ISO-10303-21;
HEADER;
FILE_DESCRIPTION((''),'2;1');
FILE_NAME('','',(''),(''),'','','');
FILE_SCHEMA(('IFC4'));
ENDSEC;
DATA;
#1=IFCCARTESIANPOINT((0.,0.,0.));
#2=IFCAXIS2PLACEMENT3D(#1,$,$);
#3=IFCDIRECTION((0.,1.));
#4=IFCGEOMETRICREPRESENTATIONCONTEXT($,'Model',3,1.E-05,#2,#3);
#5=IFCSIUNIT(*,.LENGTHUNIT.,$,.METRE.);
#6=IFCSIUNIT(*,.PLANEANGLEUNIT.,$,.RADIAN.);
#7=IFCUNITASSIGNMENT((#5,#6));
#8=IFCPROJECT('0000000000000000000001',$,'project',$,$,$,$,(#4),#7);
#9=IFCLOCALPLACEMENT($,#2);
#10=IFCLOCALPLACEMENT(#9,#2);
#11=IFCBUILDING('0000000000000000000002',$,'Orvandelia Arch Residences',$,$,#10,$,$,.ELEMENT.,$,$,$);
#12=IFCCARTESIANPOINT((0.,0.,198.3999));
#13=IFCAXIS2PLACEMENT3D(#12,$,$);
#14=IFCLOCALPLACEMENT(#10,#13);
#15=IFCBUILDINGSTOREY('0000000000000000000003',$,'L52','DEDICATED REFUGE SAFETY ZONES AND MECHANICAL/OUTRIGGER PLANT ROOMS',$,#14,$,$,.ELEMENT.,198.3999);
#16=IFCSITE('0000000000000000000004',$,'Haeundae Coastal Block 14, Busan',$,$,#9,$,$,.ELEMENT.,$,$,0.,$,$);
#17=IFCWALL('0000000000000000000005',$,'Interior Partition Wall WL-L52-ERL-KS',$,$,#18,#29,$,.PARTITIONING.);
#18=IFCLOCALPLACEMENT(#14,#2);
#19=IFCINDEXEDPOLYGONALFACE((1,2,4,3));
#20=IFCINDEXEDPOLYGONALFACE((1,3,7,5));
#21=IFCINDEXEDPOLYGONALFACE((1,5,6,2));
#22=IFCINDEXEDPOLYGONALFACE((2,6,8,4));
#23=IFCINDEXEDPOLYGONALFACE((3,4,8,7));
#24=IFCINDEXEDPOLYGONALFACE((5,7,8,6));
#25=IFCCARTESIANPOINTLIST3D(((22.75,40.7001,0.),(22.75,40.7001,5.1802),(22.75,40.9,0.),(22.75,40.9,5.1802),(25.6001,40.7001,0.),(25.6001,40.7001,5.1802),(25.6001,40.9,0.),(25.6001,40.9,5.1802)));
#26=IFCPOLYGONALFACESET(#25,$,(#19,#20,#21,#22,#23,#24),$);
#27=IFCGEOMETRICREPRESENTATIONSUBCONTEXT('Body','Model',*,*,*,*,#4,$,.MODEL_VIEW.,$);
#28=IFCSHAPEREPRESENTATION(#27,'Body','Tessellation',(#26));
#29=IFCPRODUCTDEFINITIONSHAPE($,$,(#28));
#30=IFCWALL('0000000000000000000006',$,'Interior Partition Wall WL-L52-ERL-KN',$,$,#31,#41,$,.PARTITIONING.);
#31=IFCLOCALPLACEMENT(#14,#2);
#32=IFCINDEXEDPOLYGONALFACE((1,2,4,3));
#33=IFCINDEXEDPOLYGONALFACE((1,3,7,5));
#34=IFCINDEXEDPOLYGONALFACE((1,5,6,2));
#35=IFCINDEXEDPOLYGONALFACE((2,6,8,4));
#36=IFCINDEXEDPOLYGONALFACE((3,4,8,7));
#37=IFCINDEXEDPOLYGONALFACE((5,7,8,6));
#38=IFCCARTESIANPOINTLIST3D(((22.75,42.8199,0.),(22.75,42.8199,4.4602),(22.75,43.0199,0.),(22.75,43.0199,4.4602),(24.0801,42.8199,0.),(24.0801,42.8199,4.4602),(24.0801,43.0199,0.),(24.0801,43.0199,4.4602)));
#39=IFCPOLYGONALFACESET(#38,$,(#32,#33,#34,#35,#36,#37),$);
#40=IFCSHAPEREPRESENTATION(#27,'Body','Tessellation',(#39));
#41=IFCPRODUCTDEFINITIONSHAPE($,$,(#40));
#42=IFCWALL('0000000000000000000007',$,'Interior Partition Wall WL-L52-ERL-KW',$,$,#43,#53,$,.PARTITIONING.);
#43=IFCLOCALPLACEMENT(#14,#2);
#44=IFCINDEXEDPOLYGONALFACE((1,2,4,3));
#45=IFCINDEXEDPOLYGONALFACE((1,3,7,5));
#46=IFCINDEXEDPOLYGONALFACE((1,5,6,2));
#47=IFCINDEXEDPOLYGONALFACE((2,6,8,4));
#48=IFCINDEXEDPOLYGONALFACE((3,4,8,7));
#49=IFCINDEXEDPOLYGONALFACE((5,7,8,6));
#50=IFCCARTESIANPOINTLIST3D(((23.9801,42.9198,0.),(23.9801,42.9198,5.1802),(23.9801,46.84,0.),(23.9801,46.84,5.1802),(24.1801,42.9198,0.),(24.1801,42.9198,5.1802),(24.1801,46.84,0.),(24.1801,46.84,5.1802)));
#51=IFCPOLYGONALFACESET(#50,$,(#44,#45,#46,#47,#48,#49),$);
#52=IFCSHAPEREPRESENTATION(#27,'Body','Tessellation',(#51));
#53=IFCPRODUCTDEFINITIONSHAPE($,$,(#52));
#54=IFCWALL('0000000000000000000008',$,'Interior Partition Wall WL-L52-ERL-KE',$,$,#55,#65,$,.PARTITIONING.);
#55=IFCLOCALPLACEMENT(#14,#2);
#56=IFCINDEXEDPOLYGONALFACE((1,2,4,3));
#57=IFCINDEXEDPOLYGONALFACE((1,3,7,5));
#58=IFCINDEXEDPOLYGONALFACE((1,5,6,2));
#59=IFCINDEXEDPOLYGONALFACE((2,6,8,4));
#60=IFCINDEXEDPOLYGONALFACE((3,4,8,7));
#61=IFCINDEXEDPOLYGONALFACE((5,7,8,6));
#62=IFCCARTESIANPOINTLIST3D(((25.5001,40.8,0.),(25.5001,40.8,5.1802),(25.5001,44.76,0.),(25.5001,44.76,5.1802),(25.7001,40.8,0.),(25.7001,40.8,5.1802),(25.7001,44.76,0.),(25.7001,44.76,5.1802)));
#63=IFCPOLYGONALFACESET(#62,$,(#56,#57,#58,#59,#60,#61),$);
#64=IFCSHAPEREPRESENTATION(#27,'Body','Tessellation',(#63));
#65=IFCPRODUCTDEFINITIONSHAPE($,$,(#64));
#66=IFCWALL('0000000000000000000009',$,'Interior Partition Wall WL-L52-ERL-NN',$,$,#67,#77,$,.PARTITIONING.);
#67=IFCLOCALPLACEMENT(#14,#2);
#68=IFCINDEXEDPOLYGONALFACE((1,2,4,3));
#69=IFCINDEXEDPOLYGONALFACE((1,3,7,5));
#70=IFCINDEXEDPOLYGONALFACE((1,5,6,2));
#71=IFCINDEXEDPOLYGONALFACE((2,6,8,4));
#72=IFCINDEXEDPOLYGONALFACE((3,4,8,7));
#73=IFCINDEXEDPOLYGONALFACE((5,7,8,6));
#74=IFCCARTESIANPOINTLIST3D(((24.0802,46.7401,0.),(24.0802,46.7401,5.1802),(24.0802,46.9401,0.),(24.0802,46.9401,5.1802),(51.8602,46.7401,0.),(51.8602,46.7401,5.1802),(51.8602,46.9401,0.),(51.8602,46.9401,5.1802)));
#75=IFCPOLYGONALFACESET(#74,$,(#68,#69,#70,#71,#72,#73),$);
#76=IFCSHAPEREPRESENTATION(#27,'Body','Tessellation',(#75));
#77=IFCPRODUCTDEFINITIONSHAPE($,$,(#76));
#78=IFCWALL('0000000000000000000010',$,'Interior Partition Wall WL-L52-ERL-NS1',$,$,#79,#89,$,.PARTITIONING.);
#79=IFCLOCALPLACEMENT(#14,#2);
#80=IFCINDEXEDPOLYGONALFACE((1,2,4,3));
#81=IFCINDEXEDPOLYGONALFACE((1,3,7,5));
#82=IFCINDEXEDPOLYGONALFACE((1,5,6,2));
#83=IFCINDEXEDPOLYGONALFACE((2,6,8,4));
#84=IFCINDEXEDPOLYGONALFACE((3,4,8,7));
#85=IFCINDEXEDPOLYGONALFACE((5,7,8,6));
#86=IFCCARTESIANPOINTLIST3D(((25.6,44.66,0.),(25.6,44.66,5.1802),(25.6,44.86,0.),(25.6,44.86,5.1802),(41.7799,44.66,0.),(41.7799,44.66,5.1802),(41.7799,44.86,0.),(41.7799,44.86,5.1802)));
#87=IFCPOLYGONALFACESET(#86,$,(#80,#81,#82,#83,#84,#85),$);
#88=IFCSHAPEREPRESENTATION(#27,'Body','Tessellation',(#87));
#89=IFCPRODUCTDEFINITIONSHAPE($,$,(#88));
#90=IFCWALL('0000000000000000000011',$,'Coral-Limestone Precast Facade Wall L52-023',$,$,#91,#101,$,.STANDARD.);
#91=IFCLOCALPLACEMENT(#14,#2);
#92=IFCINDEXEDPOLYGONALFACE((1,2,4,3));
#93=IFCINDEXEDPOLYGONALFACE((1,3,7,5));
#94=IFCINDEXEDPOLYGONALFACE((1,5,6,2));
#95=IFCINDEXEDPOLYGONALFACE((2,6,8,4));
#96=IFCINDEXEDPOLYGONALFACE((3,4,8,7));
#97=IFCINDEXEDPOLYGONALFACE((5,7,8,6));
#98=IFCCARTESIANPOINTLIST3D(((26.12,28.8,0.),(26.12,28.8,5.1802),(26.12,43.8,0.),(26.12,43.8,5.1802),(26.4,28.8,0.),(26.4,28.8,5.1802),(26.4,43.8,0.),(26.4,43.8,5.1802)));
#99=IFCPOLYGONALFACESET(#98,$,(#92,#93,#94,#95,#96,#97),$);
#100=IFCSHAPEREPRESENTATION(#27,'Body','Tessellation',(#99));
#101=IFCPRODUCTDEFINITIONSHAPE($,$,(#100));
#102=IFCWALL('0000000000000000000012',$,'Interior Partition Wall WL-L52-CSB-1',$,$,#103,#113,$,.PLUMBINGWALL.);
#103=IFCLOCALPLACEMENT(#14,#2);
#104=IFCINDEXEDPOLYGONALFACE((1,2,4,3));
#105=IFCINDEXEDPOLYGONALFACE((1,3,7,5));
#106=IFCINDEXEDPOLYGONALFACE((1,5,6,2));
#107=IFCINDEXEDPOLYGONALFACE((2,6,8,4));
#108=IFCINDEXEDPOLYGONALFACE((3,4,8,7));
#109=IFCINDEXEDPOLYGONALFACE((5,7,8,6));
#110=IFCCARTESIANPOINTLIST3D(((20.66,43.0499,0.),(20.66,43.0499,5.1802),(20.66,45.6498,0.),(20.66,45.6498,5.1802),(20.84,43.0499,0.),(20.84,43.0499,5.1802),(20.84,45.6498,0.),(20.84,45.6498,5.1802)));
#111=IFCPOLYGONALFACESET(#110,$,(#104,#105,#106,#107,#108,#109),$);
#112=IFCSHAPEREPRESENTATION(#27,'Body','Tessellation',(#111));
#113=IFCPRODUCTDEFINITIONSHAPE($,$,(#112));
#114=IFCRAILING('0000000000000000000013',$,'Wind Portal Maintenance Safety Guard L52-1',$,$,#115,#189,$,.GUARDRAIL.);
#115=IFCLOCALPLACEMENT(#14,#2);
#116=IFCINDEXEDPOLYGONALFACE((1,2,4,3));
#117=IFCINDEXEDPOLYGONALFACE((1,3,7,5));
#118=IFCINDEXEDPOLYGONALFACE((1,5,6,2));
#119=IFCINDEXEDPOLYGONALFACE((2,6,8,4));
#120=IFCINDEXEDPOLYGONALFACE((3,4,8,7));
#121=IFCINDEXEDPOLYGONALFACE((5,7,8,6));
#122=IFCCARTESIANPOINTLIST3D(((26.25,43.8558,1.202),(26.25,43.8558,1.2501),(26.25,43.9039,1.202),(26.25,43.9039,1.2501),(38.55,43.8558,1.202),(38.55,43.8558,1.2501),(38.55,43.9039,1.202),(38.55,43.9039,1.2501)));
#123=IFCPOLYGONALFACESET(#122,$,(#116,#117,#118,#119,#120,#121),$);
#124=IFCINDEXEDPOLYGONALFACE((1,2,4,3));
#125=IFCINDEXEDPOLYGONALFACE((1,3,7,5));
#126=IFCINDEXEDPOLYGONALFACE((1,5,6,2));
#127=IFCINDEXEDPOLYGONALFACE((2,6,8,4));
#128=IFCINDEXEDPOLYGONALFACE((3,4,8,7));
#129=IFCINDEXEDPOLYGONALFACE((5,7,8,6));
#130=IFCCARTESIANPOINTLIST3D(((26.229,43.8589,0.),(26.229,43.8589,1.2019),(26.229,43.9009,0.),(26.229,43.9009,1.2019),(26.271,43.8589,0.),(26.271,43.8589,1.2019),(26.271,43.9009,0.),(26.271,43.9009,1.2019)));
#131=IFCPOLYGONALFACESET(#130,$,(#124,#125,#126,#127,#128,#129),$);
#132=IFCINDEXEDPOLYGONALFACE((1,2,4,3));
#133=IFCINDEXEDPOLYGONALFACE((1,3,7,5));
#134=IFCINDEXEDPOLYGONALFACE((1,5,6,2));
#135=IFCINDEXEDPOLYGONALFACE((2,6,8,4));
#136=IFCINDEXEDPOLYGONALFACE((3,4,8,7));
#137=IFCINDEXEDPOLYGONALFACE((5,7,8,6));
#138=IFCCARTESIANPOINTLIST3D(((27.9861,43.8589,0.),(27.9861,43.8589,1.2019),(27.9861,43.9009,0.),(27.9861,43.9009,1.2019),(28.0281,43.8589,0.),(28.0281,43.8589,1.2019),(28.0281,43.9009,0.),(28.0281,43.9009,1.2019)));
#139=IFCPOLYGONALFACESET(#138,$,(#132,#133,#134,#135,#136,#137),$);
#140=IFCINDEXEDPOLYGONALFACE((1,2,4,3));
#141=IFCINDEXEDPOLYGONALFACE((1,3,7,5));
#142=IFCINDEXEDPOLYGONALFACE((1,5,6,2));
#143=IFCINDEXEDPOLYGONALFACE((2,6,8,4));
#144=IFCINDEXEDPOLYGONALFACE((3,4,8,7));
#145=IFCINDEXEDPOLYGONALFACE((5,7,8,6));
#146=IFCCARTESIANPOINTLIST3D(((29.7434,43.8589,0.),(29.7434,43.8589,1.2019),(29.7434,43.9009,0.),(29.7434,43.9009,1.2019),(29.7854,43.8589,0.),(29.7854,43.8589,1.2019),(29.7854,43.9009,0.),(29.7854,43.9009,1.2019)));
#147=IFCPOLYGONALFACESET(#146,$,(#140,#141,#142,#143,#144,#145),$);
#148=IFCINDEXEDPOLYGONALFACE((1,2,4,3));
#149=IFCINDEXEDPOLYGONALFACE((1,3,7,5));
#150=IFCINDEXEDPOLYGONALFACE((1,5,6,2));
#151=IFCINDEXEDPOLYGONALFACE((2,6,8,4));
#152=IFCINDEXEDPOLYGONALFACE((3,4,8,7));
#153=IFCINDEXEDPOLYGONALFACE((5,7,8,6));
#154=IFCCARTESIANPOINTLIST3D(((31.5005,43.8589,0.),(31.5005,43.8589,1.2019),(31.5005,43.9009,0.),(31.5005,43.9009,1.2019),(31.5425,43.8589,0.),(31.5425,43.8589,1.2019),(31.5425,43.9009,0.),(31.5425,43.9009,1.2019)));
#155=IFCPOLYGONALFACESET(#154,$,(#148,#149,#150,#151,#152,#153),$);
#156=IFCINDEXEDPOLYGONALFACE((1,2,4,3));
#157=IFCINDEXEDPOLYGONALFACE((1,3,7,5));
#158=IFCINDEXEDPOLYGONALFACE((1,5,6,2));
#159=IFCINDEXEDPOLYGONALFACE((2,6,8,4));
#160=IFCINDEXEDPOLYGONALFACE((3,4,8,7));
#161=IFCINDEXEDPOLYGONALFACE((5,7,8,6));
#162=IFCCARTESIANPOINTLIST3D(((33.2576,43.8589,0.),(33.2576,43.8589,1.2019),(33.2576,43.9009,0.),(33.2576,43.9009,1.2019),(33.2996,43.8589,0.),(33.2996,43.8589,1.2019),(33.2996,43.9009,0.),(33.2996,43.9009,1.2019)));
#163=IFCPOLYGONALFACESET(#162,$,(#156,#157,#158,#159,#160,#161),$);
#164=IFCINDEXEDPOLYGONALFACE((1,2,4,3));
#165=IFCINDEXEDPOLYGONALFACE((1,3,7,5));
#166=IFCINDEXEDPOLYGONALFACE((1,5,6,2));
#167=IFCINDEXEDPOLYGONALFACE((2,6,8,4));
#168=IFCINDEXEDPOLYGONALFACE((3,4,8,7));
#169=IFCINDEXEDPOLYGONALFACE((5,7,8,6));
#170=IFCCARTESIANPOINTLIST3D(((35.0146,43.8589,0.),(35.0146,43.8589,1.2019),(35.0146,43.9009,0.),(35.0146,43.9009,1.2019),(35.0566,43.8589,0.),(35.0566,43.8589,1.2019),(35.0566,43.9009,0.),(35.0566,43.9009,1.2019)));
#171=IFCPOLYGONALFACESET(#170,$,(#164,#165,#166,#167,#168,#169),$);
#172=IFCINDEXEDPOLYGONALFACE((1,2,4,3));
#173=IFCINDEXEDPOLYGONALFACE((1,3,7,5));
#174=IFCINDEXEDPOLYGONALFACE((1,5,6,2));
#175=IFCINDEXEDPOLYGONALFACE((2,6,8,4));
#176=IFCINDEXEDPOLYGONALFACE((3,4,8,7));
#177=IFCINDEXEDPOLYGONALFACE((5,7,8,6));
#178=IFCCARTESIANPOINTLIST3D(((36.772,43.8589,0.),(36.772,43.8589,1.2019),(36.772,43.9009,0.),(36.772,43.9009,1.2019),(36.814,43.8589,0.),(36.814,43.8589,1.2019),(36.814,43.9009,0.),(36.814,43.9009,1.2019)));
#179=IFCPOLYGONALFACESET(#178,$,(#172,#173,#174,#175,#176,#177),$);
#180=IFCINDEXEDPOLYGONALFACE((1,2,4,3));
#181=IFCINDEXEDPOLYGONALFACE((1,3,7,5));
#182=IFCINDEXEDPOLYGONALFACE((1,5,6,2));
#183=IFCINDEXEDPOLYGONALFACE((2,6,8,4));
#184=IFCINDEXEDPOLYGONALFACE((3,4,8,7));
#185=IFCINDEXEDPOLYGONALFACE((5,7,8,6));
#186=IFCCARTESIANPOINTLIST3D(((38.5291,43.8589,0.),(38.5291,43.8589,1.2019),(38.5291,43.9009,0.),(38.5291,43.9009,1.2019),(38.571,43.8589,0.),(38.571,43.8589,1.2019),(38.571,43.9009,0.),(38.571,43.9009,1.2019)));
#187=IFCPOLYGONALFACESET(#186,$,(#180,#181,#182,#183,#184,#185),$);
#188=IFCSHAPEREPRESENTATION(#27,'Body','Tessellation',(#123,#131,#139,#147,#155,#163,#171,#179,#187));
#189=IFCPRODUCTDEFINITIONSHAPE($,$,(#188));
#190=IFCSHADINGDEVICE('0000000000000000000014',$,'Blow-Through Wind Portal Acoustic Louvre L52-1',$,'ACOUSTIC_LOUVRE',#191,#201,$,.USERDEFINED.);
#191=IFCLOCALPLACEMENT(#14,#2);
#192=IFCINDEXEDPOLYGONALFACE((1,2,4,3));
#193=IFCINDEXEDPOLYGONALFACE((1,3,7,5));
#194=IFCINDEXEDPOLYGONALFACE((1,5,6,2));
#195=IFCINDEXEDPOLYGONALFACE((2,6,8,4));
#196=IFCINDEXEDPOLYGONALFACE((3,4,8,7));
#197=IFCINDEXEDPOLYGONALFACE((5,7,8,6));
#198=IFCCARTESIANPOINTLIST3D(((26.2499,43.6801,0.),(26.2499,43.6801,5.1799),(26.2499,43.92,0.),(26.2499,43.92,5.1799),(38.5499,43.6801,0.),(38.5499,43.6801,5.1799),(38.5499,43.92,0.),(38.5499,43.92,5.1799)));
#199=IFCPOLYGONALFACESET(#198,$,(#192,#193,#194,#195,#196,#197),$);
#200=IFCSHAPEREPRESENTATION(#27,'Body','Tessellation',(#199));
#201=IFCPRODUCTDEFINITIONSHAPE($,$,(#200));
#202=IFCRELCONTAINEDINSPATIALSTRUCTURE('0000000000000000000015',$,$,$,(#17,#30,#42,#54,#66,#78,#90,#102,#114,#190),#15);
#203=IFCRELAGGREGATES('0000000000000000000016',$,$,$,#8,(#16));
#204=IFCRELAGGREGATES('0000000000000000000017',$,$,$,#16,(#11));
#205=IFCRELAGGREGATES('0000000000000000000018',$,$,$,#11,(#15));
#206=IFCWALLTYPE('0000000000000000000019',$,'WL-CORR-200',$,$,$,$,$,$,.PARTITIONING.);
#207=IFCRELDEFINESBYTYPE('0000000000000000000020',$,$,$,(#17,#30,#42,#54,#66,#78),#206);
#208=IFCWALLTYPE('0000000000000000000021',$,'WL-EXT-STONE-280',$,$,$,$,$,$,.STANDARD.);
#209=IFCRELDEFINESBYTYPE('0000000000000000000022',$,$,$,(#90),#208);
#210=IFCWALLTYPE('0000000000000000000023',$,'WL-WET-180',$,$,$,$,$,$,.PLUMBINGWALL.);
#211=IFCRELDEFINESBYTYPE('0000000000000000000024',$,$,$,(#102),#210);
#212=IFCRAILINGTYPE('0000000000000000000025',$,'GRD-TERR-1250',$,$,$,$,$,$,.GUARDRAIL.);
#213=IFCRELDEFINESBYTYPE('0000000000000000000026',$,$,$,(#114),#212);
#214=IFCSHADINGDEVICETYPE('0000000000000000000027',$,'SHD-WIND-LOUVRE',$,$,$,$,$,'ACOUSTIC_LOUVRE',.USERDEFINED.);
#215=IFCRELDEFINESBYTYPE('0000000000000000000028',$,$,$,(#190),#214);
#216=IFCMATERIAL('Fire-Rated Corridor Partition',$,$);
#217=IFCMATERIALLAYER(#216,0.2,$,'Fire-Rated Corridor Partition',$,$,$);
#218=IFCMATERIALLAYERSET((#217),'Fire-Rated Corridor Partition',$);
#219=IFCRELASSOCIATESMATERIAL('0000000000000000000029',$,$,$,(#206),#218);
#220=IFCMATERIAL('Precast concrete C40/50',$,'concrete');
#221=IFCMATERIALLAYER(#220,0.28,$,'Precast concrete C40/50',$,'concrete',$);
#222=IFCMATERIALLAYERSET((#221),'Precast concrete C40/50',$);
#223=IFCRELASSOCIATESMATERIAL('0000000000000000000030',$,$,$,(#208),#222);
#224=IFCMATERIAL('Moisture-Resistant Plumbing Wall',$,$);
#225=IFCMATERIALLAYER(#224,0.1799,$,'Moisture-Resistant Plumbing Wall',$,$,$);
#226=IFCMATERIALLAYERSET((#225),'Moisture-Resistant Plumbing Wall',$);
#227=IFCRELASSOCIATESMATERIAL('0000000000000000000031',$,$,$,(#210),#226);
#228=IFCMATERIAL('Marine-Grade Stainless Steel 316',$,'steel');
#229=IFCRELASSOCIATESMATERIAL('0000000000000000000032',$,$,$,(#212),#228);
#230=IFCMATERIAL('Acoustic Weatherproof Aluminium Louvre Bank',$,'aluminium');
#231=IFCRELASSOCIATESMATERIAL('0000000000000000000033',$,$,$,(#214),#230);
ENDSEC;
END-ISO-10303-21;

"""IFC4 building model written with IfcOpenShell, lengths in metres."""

from ifc_helpers import new_model, si_unit, direction, frame, frame_2d, origin, origin_2d, place, context, subcontext, project, spatial, rectangle, extrude, material, layer, layer_set, type_object, element, save


model = new_model("IFC4")

# Units and contexts
model_context = context("Model", 3, precision=1e-05, world=origin(), true_north=direction((0.0, 1.0)))
body_context = subcontext(model_context, "Body", "Model", "MODEL_VIEW")
ifc_project = project(units=[si_unit("LENGTHUNIT", "METRE"), si_unit("PLANEANGLEUNIT", "RADIAN")], contexts=[model_context])

# Site, building, storey
site_placement = place(None, origin())
site = spatial("IfcSite", under=ifc_project, at=site_placement, Name="Haeundae Coastal Block 14, Busan", CompositionType="ELEMENT", RefElevation=0.0)
building_placement = place(site_placement, origin())
building = spatial("IfcBuilding", under=site, at=building_placement, Name="Orvandelia Arch Residences", CompositionType="ELEMENT")
storey_placement = place(building_placement, frame((0.0, 0.0, 198.3999)))
storey = spatial("IfcBuildingStorey", under=building, at=storey_placement, Name="L52", Description="DEDICATED REFUGE SAFETY ZONES AND MECHANICAL/OUTRIGGER PLANT ROOMS", CompositionType="ELEMENT", Elevation=198.3999)

# Walls
ifc_material_1 = material(Name="Fire-Rated Corridor Partition")
ifc_layer_1 = layer(ifc_material_1, 0.2, Name="Fire-Rated Corridor Partition")
ifc_layer_set_1 = layer_set([ifc_layer_1], Name="Fire-Rated Corridor Partition")
wall_type_1 = type_object("IfcWallType", Name="WL-CORR-200", PredefinedType="PARTITIONING", material=ifc_layer_set_1)
wall_1_placement = place(storey_placement, frame((22.75, 40.8, 0.0), z_axis=(0.0, 0.0, 1.0), x_axis=(1.0, 0.0, 0.0)))
element("IfcWall", 1, at=wall_1_placement, inside=storey, type_object=wall_type_1, Name="Interior Partition Wall WL-L52-ERL-KS", PredefinedType="PARTITIONING", context=body_context, shape_type="SweptSolid", body=[
    extrude(rectangle(XDim=2.8501, YDim=0.2, at=frame_2d((1.425, 0.0))), origin(), (0.0, 0.0, 1.0), 5.1802),
])
wall_2_placement = place(storey_placement, frame((22.75, 42.9199, 0.0), z_axis=(0.0, 0.0, 1.0), x_axis=(1.0, 0.0, 0.0)))
element("IfcWall", 2, at=wall_2_placement, inside=storey, type_object=wall_type_1, Name="Interior Partition Wall WL-L52-ERL-KN", PredefinedType="PARTITIONING", context=body_context, shape_type="SweptSolid", body=[
    extrude(rectangle(XDim=1.3301, YDim=0.2, at=frame_2d((0.665, 0.0))), origin(), (0.0, 0.0, 1.0), 4.4602),
])
wall_3_placement = place(storey_placement, frame((24.0801, 42.9199, 0.0), z_axis=(0.0, 0.0, 1.0), x_axis=(0.0, 1.0, 0.0)))
element("IfcWall", 3, at=wall_3_placement, inside=storey, type_object=wall_type_1, Name="Interior Partition Wall WL-L52-ERL-KW", PredefinedType="PARTITIONING", context=body_context, shape_type="SweptSolid", body=[
    extrude(rectangle(XDim=3.9202, YDim=0.2, at=frame_2d((1.96, 0.0))), origin(), (0.0, 0.0, 1.0), 5.1802),
])
wall_4_placement = place(storey_placement, frame((25.6001, 40.8, 0.0), z_axis=(0.0, 0.0, 1.0), x_axis=(0.0, 1.0, 0.0)))
element("IfcWall", 4, at=wall_4_placement, inside=storey, type_object=wall_type_1, Name="Interior Partition Wall WL-L52-ERL-KE", PredefinedType="PARTITIONING", context=body_context, shape_type="SweptSolid", body=[
    extrude(rectangle(XDim=3.96, YDim=0.2, at=frame_2d((1.98, 0.0))), origin(), (0.0, 0.0, 1.0), 5.1802),
])
wall_5_placement = place(storey_placement, frame((24.0801, 46.8401, 0.0), z_axis=(0.0, 0.0, 1.0), x_axis=(1.0, 0.0, 0.0)))
element("IfcWall", 5, at=wall_5_placement, inside=storey, type_object=wall_type_1, Name="Interior Partition Wall WL-L52-ERL-NN", PredefinedType="PARTITIONING", context=body_context, shape_type="SweptSolid", body=[
    extrude(rectangle(XDim=27.78, YDim=0.2, at=frame_2d((13.8901, 0.0))), origin(), (0.0, 0.0, 1.0), 5.1802),
])
wall_6_placement = place(storey_placement, frame((25.6001, 44.76, 0.0), z_axis=(0.0, 0.0, 1.0), x_axis=(1.0, 0.0, 0.0)))
element("IfcWall", 6, at=wall_6_placement, inside=storey, type_object=wall_type_1, Name="Interior Partition Wall WL-L52-ERL-NS1", PredefinedType="PARTITIONING", context=body_context, shape_type="SweptSolid", body=[
    extrude(rectangle(XDim=16.1799, YDim=0.2, at=frame_2d((8.0898, 0.0))), origin(), (0.0, 0.0, 1.0), 5.1802),
])
ifc_material_2 = material(Name="Precast concrete C40/50", Category="concrete")
ifc_layer_2 = layer(ifc_material_2, 0.28, Name="Precast concrete C40/50", Category="concrete")
ifc_layer_set_2 = layer_set([ifc_layer_2], Name="Precast concrete C40/50")
wall_type_2 = type_object("IfcWallType", Name="WL-EXT-STONE-280", PredefinedType="STANDARD", material=ifc_layer_set_2)
wall_7_placement = place(storey_placement, frame((26.26, 43.8, 0.0), z_axis=(0.0, 0.0, 1.0), x_axis=(0.0, -1.0, 0.0)))
element("IfcWall", 7, at=wall_7_placement, inside=storey, type_object=wall_type_2, Name="Coral-Limestone Precast Facade Wall L52-023", PredefinedType="STANDARD", context=body_context, shape_type="SweptSolid", body=[
    extrude(rectangle(XDim=15.0, YDim=0.28, at=frame_2d((7.5, 0.0))), origin(), (0.0, 0.0, 1.0), 5.1802),
])
ifc_material_3 = material(Name="Moisture-Resistant Plumbing Wall")
ifc_layer_3 = layer(ifc_material_3, 0.1799, Name="Moisture-Resistant Plumbing Wall")
ifc_layer_set_3 = layer_set([ifc_layer_3], Name="Moisture-Resistant Plumbing Wall")
wall_type_3 = type_object("IfcWallType", Name="WL-WET-180", PredefinedType="PLUMBINGWALL", material=ifc_layer_set_3)
wall_8_placement = place(storey_placement, frame((20.75, 43.05, 0.0), z_axis=(0.0, 0.0, 1.0), x_axis=(0.0, 1.0, 0.0)))
element("IfcWall", 8, at=wall_8_placement, inside=storey, type_object=wall_type_3, Name="Interior Partition Wall WL-L52-CSB-1", PredefinedType="PLUMBINGWALL", context=body_context, shape_type="SweptSolid", body=[
    extrude(rectangle(XDim=2.5999, YDim=0.1799, at=frame_2d((1.2998, 0.0))), origin(), (0.0, 0.0, 1.0), 5.1802),
])

# Railing
ifc_material_4 = material(Name="Marine-Grade Stainless Steel 316", Category="steel")
railing_type = type_object("IfcRailingType", Name="GRD-TERR-1250", PredefinedType="GUARDRAIL", material=ifc_material_4)
railing_placement = place(storey_placement, frame((26.25, 43.8799, 0.0)))
element("IfcRailing", 9, at=railing_placement, inside=storey, type_object=railing_type, Name="Wind Portal Maintenance Safety Guard L52-1", PredefinedType="GUARDRAIL", context=body_context, shape_type="SweptSolid", body=[
    extrude(rectangle(XDim=0.0481, YDim=0.0481, at=origin_2d()), frame((0.0, 0.0, 1.2261), z_axis=(1.0, 0.0, 0.0), x_axis=(0.0, 1.0, 0.0)), (0.0, 0.0, 1.0), 12.3),
    extrude(rectangle(XDim=0.042, YDim=0.042, at=origin_2d()), origin(), (0.0, 0.0, 1.0), 1.2019),
    extrude(rectangle(XDim=0.042, YDim=0.042, at=origin_2d()), frame((1.7571, 0.0, 0.0)), (0.0, 0.0, 1.0), 1.2019),
    extrude(rectangle(XDim=0.042, YDim=0.042, at=origin_2d()), frame((3.5144, 0.0, 0.0)), (0.0, 0.0, 1.0), 1.2019),
    extrude(rectangle(XDim=0.042, YDim=0.042, at=origin_2d()), frame((5.2715, 0.0, 0.0)), (0.0, 0.0, 1.0), 1.2019),
    extrude(rectangle(XDim=0.042, YDim=0.042, at=origin_2d()), frame((7.0286, 0.0, 0.0)), (0.0, 0.0, 1.0), 1.2019),
    extrude(rectangle(XDim=0.042, YDim=0.042, at=origin_2d()), frame((8.7856, 0.0, 0.0)), (0.0, 0.0, 1.0), 1.2019),
    extrude(rectangle(XDim=0.042, YDim=0.042, at=origin_2d()), frame((10.543, 0.0, 0.0)), (0.0, 0.0, 1.0), 1.2019),
    extrude(rectangle(XDim=0.042, YDim=0.042, at=origin_2d()), frame((12.3, 0.0, 0.0)), (0.0, 0.0, 1.0), 1.2019),
])

# Shading device
ifc_material_5 = material(Name="Acoustic Weatherproof Aluminium Louvre Bank", Category="aluminium")
shading_device_type = type_object("IfcShadingDeviceType", Name="SHD-WIND-LOUVRE", ElementType="ACOUSTIC_LOUVRE", PredefinedType="USERDEFINED", material=ifc_material_5)
shading_device_placement = place(storey_placement, frame((32.3999, 43.8, 0.0), z_axis=(0.0, 0.0, 1.0), x_axis=(1.0, 0.0, 0.0)))
element("IfcShadingDevice", 10, at=shading_device_placement, inside=storey, type_object=shading_device_type, Name="Blow-Through Wind Portal Acoustic Louvre L52-1", ObjectType="ACOUSTIC_LOUVRE", PredefinedType="USERDEFINED", context=body_context, shape_type="SweptSolid", body=[
    extrude(rectangle(XDim=12.3, YDim=0.24, at=origin_2d()), origin(), (0.0, 0.0, 1.0), 5.1799),
])

save(model, "model.ifc")
